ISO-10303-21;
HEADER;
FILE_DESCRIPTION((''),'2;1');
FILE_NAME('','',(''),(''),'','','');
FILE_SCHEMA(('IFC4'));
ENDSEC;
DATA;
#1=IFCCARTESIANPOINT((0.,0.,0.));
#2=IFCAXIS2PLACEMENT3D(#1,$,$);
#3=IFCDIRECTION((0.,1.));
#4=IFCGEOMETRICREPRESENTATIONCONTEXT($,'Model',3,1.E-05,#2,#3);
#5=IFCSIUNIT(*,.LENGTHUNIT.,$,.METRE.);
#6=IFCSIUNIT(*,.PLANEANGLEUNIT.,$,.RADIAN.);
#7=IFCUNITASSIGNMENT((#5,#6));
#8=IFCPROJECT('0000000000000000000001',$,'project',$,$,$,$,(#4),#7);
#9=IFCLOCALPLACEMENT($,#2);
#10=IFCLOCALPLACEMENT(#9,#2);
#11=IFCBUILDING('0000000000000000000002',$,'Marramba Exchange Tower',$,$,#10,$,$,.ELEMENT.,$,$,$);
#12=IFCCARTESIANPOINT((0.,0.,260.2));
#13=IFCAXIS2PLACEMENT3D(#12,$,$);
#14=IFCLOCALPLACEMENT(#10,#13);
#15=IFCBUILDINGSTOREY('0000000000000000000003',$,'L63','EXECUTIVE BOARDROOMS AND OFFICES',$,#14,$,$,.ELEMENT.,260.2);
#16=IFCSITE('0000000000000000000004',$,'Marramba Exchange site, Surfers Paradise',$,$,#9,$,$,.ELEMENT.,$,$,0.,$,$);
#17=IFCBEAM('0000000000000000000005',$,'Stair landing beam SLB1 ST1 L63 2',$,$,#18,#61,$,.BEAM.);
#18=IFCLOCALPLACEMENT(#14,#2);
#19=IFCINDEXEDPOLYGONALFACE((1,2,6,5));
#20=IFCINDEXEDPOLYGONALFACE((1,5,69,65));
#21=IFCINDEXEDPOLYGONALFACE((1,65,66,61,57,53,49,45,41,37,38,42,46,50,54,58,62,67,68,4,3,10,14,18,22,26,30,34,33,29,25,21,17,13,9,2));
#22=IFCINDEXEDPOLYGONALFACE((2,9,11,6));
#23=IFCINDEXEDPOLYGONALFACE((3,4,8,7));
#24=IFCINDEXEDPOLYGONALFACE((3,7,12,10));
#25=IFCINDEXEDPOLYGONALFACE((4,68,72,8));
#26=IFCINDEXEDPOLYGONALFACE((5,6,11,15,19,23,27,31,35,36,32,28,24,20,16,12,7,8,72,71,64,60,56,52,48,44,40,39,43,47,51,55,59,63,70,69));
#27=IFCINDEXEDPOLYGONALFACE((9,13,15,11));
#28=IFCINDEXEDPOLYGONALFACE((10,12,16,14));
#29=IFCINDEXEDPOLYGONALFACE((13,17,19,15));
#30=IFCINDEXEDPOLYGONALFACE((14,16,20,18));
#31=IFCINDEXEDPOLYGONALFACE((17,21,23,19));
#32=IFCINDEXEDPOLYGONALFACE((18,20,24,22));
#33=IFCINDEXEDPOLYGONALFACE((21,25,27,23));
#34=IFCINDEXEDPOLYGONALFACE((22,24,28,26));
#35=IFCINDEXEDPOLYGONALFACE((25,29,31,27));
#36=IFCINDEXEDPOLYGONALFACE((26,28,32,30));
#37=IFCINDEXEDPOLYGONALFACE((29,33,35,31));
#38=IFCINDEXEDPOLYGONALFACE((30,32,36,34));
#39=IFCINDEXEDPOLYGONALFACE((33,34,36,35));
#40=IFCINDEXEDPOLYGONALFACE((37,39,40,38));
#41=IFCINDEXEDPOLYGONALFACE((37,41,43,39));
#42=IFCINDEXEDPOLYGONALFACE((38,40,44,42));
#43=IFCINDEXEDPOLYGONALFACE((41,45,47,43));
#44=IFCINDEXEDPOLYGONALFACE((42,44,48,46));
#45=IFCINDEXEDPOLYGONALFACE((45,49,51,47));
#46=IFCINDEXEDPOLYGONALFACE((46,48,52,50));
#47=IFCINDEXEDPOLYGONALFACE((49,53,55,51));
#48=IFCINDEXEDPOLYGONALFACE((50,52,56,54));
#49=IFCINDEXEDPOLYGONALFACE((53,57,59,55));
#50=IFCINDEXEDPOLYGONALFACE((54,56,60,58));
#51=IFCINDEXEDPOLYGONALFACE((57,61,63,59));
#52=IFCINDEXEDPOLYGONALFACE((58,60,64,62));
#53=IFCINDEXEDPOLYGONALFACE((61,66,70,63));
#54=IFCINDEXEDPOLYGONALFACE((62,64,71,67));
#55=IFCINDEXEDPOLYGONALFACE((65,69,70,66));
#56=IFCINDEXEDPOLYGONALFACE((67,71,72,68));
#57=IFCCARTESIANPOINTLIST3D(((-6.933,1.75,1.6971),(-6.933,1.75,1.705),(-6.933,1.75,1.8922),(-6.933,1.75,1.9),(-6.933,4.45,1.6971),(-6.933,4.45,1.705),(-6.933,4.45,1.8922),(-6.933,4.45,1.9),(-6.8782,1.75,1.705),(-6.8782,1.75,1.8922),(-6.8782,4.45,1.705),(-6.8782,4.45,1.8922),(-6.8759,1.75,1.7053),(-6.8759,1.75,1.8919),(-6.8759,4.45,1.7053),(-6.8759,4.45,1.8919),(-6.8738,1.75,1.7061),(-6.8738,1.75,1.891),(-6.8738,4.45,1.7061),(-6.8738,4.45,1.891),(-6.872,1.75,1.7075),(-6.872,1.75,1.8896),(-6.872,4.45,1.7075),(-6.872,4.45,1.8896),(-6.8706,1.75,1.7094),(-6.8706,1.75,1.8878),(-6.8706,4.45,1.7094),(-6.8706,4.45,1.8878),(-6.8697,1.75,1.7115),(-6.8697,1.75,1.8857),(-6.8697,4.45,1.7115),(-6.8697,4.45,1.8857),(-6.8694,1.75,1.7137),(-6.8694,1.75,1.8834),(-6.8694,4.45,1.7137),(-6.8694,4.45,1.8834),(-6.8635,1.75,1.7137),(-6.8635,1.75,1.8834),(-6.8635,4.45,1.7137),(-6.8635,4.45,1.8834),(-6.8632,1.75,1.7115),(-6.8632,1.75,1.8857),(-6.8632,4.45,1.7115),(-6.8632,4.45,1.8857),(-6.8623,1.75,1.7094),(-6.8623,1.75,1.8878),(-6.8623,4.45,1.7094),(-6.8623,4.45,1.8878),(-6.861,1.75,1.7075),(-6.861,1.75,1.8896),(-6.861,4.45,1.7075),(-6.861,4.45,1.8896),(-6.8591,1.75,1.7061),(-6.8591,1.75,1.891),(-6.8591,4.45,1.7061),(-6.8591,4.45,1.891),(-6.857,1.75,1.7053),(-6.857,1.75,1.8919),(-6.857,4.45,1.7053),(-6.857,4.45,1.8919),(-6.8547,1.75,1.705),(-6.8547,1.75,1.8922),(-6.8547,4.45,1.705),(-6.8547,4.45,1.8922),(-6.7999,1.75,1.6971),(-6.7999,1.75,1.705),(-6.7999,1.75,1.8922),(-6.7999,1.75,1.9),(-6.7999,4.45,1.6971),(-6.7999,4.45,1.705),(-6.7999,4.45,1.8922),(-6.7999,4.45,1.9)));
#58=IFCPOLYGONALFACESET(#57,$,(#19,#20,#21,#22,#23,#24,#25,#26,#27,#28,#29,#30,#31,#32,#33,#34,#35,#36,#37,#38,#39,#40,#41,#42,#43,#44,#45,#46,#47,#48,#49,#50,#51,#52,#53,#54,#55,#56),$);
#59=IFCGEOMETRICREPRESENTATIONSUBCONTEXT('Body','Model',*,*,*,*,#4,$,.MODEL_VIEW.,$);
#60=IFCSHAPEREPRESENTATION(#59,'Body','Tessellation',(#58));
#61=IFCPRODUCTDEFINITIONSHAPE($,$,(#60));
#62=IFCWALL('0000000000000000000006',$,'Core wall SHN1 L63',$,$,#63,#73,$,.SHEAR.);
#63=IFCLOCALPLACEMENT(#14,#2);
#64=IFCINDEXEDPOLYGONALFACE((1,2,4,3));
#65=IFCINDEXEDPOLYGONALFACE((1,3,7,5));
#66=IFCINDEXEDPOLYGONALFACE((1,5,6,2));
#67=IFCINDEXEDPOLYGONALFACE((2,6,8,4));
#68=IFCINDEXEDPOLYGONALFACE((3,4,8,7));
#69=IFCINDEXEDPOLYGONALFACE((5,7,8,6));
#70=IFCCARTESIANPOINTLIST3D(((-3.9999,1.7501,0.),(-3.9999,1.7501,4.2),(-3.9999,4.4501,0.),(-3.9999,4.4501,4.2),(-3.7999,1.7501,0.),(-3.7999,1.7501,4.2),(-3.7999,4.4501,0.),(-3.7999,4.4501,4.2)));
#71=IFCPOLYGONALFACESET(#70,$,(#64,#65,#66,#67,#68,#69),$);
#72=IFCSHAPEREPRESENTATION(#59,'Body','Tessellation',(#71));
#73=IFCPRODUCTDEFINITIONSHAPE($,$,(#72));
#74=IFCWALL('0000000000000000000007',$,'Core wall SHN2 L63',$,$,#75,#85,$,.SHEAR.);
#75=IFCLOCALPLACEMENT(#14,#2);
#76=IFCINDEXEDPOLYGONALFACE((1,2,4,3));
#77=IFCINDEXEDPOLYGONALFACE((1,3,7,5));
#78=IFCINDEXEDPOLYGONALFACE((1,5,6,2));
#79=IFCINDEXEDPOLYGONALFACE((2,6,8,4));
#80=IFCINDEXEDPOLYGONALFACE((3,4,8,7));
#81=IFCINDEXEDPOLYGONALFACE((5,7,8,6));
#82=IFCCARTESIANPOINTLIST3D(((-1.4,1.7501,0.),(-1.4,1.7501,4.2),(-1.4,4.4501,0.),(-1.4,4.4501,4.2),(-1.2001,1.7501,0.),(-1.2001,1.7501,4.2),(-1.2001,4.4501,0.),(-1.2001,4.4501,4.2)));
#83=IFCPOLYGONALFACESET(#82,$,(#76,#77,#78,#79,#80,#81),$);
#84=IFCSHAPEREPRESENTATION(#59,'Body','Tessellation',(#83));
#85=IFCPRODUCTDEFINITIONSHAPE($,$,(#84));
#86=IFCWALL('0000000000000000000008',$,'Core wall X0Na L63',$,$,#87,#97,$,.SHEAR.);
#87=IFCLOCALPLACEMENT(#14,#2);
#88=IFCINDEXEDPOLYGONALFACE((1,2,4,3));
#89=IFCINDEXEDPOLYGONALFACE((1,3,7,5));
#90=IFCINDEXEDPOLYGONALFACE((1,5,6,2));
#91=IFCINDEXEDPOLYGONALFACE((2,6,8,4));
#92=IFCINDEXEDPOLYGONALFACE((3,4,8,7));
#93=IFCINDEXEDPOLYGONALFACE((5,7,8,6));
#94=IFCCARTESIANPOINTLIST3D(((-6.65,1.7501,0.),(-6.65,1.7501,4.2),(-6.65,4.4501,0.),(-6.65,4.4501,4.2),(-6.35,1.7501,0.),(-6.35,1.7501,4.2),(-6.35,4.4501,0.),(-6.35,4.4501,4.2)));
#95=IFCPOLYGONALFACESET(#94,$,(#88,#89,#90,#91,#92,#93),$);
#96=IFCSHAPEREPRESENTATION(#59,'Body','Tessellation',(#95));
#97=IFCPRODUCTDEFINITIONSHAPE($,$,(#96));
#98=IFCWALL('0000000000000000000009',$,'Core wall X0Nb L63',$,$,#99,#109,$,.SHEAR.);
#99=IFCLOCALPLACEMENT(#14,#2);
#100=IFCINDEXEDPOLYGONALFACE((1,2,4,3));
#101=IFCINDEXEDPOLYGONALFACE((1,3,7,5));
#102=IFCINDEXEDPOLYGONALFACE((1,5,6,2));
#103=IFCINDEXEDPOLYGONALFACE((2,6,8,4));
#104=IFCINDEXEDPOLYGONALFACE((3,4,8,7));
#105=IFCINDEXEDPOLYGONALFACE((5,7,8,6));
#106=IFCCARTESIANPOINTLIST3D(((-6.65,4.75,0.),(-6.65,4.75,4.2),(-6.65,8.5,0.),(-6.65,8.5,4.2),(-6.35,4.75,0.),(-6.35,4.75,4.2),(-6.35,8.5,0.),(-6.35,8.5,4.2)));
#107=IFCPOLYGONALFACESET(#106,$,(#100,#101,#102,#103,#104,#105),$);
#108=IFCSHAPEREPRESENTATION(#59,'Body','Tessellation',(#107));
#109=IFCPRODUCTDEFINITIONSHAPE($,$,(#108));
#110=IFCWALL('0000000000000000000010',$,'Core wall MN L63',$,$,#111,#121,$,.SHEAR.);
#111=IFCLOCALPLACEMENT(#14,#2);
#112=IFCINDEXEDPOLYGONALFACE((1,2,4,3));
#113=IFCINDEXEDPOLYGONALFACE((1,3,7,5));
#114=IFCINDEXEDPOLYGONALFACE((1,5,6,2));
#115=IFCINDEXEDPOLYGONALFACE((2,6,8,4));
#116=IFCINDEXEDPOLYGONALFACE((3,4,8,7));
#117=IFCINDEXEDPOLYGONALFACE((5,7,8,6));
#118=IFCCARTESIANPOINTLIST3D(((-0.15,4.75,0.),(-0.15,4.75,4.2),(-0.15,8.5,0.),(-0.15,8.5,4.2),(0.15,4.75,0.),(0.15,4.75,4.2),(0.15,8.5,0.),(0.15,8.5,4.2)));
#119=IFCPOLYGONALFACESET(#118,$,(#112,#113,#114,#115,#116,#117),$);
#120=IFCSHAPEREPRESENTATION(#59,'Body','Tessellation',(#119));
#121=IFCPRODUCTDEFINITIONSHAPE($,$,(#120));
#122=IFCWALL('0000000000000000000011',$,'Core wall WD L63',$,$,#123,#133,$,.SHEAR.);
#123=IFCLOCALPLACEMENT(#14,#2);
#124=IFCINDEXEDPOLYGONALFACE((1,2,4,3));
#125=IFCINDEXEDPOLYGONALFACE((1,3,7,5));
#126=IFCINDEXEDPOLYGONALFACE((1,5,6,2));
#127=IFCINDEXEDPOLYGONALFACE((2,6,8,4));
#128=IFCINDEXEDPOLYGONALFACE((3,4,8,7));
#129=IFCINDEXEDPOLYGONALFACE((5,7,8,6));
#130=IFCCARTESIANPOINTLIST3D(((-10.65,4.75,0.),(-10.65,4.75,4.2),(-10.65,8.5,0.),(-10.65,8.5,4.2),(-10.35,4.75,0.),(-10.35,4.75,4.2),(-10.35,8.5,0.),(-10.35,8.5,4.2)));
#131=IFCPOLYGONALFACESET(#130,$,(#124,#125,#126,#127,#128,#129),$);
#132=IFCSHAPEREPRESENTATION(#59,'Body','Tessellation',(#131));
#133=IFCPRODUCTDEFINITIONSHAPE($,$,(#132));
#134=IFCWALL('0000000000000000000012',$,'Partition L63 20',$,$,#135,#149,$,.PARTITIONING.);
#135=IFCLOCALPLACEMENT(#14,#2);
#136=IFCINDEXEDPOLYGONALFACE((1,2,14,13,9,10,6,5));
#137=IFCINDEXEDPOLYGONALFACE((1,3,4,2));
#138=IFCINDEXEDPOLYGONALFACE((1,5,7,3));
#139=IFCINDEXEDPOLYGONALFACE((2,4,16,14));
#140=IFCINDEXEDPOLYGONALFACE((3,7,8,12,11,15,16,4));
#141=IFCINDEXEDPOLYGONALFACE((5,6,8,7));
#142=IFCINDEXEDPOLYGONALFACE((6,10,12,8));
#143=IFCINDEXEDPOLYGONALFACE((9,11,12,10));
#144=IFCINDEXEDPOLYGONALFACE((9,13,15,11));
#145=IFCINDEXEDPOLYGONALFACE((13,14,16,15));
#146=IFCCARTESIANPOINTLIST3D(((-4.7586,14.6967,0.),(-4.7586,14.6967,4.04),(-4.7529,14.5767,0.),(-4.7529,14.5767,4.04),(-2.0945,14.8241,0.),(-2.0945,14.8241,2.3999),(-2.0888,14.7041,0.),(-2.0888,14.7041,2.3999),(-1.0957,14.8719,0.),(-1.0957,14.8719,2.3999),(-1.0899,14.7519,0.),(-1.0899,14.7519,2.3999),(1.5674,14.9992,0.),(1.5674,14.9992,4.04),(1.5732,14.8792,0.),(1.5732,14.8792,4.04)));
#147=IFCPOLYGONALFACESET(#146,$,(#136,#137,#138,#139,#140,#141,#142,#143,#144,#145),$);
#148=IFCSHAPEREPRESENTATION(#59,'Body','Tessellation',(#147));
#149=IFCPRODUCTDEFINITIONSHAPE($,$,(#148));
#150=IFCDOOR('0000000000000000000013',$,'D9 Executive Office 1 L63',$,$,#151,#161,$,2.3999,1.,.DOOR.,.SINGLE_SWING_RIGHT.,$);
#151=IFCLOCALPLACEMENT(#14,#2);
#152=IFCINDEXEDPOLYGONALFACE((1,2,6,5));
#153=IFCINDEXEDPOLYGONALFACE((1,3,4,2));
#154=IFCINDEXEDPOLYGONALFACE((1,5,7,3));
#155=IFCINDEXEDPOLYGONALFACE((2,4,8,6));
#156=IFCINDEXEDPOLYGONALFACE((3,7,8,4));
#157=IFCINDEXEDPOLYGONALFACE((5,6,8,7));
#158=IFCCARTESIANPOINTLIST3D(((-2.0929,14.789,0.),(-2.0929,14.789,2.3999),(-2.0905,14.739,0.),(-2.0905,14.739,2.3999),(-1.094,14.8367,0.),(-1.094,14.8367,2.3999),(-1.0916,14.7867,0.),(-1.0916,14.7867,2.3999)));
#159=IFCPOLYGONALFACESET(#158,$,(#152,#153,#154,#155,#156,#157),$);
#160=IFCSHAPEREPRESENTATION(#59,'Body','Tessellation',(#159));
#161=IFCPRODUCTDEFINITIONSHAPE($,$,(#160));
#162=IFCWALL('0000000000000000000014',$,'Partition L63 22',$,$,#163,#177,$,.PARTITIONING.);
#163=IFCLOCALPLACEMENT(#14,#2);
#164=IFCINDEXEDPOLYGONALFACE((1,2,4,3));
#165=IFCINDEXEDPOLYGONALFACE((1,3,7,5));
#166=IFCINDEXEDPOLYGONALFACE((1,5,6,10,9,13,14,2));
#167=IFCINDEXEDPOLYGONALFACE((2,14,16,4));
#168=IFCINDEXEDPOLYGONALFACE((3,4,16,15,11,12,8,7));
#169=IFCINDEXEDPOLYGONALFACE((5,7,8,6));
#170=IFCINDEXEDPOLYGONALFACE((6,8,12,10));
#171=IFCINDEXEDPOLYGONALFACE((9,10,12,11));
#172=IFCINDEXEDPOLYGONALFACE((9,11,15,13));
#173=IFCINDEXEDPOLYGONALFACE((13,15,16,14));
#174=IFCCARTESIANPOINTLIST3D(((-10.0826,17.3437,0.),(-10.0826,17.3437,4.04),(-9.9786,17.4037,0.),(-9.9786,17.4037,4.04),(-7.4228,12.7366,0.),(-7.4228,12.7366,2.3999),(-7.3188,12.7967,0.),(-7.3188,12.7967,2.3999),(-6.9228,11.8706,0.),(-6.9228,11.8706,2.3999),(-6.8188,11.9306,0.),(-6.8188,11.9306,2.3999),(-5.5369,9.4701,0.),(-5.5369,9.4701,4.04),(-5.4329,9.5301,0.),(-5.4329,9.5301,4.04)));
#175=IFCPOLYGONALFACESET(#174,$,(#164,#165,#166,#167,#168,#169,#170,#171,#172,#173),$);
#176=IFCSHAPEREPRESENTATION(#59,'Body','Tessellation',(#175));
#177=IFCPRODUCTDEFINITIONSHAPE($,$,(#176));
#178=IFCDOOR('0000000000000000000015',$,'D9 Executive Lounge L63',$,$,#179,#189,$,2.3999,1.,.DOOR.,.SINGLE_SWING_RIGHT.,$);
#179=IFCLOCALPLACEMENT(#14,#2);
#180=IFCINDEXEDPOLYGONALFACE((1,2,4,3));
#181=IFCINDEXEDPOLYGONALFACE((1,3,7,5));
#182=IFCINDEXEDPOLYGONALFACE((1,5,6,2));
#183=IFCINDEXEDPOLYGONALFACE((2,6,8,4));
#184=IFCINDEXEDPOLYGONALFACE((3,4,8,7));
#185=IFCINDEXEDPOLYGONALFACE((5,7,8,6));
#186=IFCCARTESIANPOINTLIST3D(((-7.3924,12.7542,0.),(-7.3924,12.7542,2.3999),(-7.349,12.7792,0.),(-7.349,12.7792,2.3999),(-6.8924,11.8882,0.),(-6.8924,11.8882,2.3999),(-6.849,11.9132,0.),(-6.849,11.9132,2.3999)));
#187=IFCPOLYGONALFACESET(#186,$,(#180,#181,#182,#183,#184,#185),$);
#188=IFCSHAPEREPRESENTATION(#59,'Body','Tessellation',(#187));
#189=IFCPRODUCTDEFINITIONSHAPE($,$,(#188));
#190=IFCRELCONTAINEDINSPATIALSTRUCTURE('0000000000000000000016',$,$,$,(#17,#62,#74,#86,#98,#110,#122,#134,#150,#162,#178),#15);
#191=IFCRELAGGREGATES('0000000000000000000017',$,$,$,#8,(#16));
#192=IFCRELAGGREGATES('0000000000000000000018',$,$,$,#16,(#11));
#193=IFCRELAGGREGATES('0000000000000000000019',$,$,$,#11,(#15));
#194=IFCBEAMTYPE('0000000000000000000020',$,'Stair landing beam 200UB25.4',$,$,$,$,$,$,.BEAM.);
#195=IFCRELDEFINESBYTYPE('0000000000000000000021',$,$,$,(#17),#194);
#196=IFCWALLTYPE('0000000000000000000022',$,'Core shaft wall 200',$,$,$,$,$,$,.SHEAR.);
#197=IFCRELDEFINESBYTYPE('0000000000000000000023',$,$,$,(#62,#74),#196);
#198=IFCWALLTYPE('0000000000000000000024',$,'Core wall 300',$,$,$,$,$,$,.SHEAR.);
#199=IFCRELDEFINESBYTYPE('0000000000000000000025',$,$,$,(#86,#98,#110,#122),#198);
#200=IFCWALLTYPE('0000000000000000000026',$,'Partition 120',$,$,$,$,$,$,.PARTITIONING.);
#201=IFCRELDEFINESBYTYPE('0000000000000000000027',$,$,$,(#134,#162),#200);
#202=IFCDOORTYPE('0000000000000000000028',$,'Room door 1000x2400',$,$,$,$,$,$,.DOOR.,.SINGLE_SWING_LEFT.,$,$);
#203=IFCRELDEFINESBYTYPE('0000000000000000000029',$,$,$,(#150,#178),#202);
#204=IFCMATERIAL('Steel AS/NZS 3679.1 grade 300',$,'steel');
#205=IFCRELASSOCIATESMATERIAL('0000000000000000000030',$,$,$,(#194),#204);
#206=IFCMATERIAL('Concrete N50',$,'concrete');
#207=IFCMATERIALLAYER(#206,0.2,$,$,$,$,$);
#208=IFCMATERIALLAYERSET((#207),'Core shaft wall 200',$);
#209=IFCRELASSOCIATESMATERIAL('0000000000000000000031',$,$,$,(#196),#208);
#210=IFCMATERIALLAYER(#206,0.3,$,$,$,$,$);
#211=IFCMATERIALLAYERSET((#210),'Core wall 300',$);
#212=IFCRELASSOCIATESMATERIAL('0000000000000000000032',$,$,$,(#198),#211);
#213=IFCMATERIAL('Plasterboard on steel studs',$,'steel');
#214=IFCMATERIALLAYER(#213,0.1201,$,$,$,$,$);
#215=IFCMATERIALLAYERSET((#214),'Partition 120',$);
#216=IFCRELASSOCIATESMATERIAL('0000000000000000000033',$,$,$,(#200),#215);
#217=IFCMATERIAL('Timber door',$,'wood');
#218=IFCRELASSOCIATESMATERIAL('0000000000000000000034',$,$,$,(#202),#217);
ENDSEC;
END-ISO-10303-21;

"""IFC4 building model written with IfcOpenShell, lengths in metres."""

from ifc_helpers import new_model, si_unit, direction, frame, frame_2d, origin, origin_2d, place, context, subcontext, project, spatial, rectangle, i_section, extrude, material, layer, layer_set, material_profile, profile_set, type_object, element, fill, save


model = new_model("IFC4")

# Units and contexts
model_context = context("Model", 3, precision=1e-05, world=origin(), true_north=direction((0.0, 1.0)))
body_context = subcontext(model_context, "Body", "Model", "MODEL_VIEW")
ifc_project = project(units=[si_unit("LENGTHUNIT", "METRE"), si_unit("PLANEANGLEUNIT", "RADIAN")], contexts=[model_context])

# Site, building, storey
site_placement = place(None, origin())
site = spatial("IfcSite", under=ifc_project, at=site_placement, Name="Marramba Exchange site, Surfers Paradise", CompositionType="ELEMENT", RefElevation=0.0)
building_placement = place(site_placement, origin())
building = spatial("IfcBuilding", under=site, at=building_placement, Name="Marramba Exchange Tower", CompositionType="ELEMENT")
storey_placement = place(building_placement, frame((0.0, 0.0, 260.2)))
storey = spatial("IfcBuildingStorey", under=building, at=storey_placement, Name="L63", Description="EXECUTIVE BOARDROOMS AND OFFICES", CompositionType="ELEMENT", Elevation=260.2)

# Beam
ifc_material_1 = material(Name="Steel AS/NZS 3679.1 grade 300", Category="steel")
ifc_material_profile_1 = material_profile(ifc_material_1, i_section(OverallWidth=0.1331, OverallDepth=0.2029, WebThickness=0.0059, FlangeThickness=0.0078, FilletRadius=0.0088, at=origin_2d()), Name="200UB25.4")
ifc_profile_set_1 = profile_set([ifc_material_profile_1], Name="Steel AS/NZS 3679.1 grade 300")
beam_type_1 = type_object("IfcBeamType", Name="Stair landing beam 200UB25.4", PredefinedType="BEAM", material=ifc_profile_set_1)
for number, where, z_axis, x_axis, name in (
    (1, (-6.8665, 1.75, 1.7986), (0.0, 1.0, 0.0), (-1.0, 0.0, 0.0), "Stair landing beam SLB1 ST1 L63 2"),
):
    element("IfcBeam", number, at=place(storey_placement, frame(where, z_axis=z_axis, x_axis=x_axis)), inside=storey, type_object=beam_type_1, Name=name, PredefinedType="BEAM", context=body_context, shape_type="SweptSolid", body=[
        extrude(i_section(OverallWidth=0.1331, OverallDepth=0.2029, WebThickness=0.0059, FlangeThickness=0.0078, FilletRadius=0.0088, at=origin_2d()), origin(), (0.0, 0.0, 1.0), 2.7),
    ])

# Walls
ifc_material_2 = material(Name="Concrete N50", Category="concrete")
ifc_layer_1 = layer(ifc_material_2, 0.2)
ifc_layer_set_1 = layer_set([ifc_layer_1], Name="Core shaft wall 200")
wall_type_1 = type_object("IfcWallType", Name="Core shaft wall 200", PredefinedType="SHEAR", material=ifc_layer_set_1)
for number, where, z_axis, x_axis, name in (
    (2, (-3.8999, 1.75, 0.0), (0.0, 0.0, 1.0), (0.0, 1.0, 0.0), "Core wall SHN1 L63"),
    (3, (-1.3, 1.75, 0.0), (0.0, 0.0, 1.0), (0.0, 1.0, 0.0), "Core wall SHN2 L63"),
):
    element("IfcWall", number, at=place(storey_placement, frame(where, z_axis=z_axis, x_axis=x_axis)), inside=storey, type_object=wall_type_1, Name=name, PredefinedType="SHEAR", context=body_context, shape_type="SweptSolid", body=[
        extrude(rectangle(XDim=2.7, YDim=0.2, at=frame_2d((1.3501, 0.0))), origin(), (0.0, 0.0, 1.0), 4.2),
    ])
ifc_layer_2 = layer(ifc_material_2, 0.3)
ifc_layer_set_2 = layer_set([ifc_layer_2], Name="Core wall 300")
wall_type_2 = type_object("IfcWallType", Name="Core wall 300", PredefinedType="SHEAR", material=ifc_layer_set_2)
wall_1_placement = place(storey_placement, frame((-6.5, 1.75, 0.0), z_axis=(0.0, 0.0, 1.0), x_axis=(0.0, 1.0, 0.0)))
element("IfcWall", 4, at=wall_1_placement, inside=storey, type_object=wall_type_2, Name="Core wall X0Na L63", PredefinedType="SHEAR", context=body_context, shape_type="SweptSolid", body=[
    extrude(rectangle(XDim=2.7, YDim=0.3, at=frame_2d((1.3501, 0.0))), origin(), (0.0, 0.0, 1.0), 4.2),
])
for number, where, z_axis, x_axis, name in (
    (5, (-6.5, 4.75, 0.0), (0.0, 0.0, 1.0), (0.0, 1.0, 0.0), "Core wall X0Nb L63"),
    (6, (0.0, 4.75, 0.0), (0.0, 0.0, 1.0), (0.0, 1.0, 0.0), "Core wall MN L63"),
    (7, (-10.5, 4.75, 0.0), (0.0, 0.0, 1.0), (0.0, 1.0, 0.0), "Core wall WD L63"),
):
    element("IfcWall", number, at=place(storey_placement, frame(where, z_axis=z_axis, x_axis=x_axis)), inside=storey, type_object=wall_type_2, Name=name, PredefinedType="SHEAR", context=body_context, shape_type="SweptSolid", body=[
        extrude(rectangle(XDim=3.75, YDim=0.3, at=frame_2d((1.875, 0.0))), origin(), (0.0, 0.0, 1.0), 4.2),
    ])

# Walls, openings, doors
ifc_material_3 = material(Name="Plasterboard on steel studs", Category="steel")
ifc_layer_3 = layer(ifc_material_3, 0.1201)
ifc_layer_set_3 = layer_set([ifc_layer_3], Name="Partition 120")
wall_type_3 = type_object("IfcWallType", Name="Partition 120", PredefinedType="PARTITIONING", material=ifc_layer_set_3)
wall_2_placement = place(storey_placement, frame((-4.7556, 14.6367, 0.0), z_axis=(0.0, 0.0, 1.0), x_axis=(0.998859, 0.047763, 0.0)))
wall_2 = element("IfcWall", 8, at=wall_2_placement, inside=storey, type_object=wall_type_3, Name="Partition L63 20", PredefinedType="PARTITIONING", context=body_context, shape_type="SweptSolid", body=[
    extrude(rectangle(XDim=6.3333, YDim=0.1201, at=frame_2d((3.1665, 0.0))), origin(), (0.0, 0.0, 1.0), 4.04),
])
opening_1_placement = place(wall_2_placement, frame((2.667, 0.0, 0.0)))
opening_1 = element("IfcOpeningElement", 9, at=opening_1_placement, cuts=wall_2, PredefinedType="OPENING", context=body_context, shape_type="SweptSolid", body=[
    extrude(rectangle(XDim=1.0, YDim=2.3999, at=frame_2d((0.5, 1.2))), frame((0.0, 0.0701, 0.0), z_axis=(0.0, -1.0, 0.0), x_axis=(1.0, 0.0, 0.0)), (0.0, 0.0, 1.0), 0.1401),
])
ifc_material_4 = material(Name="Timber door", Category="wood")
door_type = type_object("IfcDoorType", Name="Room door 1000x2400", OperationType="SINGLE_SWING_LEFT", PredefinedType="DOOR", material=ifc_material_4)
door_1_placement = place(opening_1_placement, origin())
door_1 = element("IfcDoor", 10, at=door_1_placement, inside=storey, type_object=door_type, Name="D9 Executive Office 1 L63", OperationType="SINGLE_SWING_RIGHT", OverallHeight=2.3999, OverallWidth=1.0, PredefinedType="DOOR", context=body_context, shape_type="SweptSolid", body=[
    extrude(rectangle(XDim=1.0, YDim=2.3999, at=frame_2d((0.5, 1.2))), frame((0.0, 0.0249, 0.0), z_axis=(0.0, -1.0, 0.0), x_axis=(1.0, 0.0, 0.0)), (0.0, 0.0, 1.0), 0.05),
])
fill(opening_1, door_1)
wall_3_placement = place(storey_placement, frame((-5.4849, 9.5, 0.0), z_axis=(0.0, 0.0, 1.0), x_axis=(-0.499989, 0.866032, 0.0)))
wall_3 = element("IfcWall", 11, at=wall_3_placement, inside=storey, type_object=wall_type_3, Name="Partition L63 22", PredefinedType="PARTITIONING", context=body_context, shape_type="SweptSolid", body=[
    extrude(rectangle(XDim=9.0916, YDim=0.1201, at=frame_2d((4.5459, 0.0))), origin(), (0.0, 0.0, 1.0), 4.04),
])
opening_2_placement = place(wall_3_placement, frame((2.772, 0.0, 0.0)))
opening_2 = element("IfcOpeningElement", 12, at=opening_2_placement, cuts=wall_3, PredefinedType="OPENING", context=body_context, shape_type="SweptSolid", body=[
    extrude(rectangle(XDim=1.0, YDim=2.3999, at=frame_2d((0.5, 1.2))), frame((0.0, 0.0701, 0.0), z_axis=(0.0, -1.0, 0.0), x_axis=(1.0, 0.0, 0.0)), (0.0, 0.0, 1.0), 0.1401),
])
door_2_placement = place(opening_2_placement, origin())
door_2 = element("IfcDoor", 13, at=door_2_placement, inside=storey, type_object=door_type, Name="D9 Executive Lounge L63", OperationType="SINGLE_SWING_RIGHT", OverallHeight=2.3999, OverallWidth=1.0, PredefinedType="DOOR", context=body_context, shape_type="SweptSolid", body=[
    extrude(rectangle(XDim=1.0, YDim=2.3999, at=frame_2d((0.5, 1.2))), frame((0.0, 0.0249, 0.0), z_axis=(0.0, -1.0, 0.0), x_axis=(1.0, 0.0, 0.0)), (0.0, 0.0, 1.0), 0.05),
])
fill(opening_2, door_2)

save(model, "model.ifc")
